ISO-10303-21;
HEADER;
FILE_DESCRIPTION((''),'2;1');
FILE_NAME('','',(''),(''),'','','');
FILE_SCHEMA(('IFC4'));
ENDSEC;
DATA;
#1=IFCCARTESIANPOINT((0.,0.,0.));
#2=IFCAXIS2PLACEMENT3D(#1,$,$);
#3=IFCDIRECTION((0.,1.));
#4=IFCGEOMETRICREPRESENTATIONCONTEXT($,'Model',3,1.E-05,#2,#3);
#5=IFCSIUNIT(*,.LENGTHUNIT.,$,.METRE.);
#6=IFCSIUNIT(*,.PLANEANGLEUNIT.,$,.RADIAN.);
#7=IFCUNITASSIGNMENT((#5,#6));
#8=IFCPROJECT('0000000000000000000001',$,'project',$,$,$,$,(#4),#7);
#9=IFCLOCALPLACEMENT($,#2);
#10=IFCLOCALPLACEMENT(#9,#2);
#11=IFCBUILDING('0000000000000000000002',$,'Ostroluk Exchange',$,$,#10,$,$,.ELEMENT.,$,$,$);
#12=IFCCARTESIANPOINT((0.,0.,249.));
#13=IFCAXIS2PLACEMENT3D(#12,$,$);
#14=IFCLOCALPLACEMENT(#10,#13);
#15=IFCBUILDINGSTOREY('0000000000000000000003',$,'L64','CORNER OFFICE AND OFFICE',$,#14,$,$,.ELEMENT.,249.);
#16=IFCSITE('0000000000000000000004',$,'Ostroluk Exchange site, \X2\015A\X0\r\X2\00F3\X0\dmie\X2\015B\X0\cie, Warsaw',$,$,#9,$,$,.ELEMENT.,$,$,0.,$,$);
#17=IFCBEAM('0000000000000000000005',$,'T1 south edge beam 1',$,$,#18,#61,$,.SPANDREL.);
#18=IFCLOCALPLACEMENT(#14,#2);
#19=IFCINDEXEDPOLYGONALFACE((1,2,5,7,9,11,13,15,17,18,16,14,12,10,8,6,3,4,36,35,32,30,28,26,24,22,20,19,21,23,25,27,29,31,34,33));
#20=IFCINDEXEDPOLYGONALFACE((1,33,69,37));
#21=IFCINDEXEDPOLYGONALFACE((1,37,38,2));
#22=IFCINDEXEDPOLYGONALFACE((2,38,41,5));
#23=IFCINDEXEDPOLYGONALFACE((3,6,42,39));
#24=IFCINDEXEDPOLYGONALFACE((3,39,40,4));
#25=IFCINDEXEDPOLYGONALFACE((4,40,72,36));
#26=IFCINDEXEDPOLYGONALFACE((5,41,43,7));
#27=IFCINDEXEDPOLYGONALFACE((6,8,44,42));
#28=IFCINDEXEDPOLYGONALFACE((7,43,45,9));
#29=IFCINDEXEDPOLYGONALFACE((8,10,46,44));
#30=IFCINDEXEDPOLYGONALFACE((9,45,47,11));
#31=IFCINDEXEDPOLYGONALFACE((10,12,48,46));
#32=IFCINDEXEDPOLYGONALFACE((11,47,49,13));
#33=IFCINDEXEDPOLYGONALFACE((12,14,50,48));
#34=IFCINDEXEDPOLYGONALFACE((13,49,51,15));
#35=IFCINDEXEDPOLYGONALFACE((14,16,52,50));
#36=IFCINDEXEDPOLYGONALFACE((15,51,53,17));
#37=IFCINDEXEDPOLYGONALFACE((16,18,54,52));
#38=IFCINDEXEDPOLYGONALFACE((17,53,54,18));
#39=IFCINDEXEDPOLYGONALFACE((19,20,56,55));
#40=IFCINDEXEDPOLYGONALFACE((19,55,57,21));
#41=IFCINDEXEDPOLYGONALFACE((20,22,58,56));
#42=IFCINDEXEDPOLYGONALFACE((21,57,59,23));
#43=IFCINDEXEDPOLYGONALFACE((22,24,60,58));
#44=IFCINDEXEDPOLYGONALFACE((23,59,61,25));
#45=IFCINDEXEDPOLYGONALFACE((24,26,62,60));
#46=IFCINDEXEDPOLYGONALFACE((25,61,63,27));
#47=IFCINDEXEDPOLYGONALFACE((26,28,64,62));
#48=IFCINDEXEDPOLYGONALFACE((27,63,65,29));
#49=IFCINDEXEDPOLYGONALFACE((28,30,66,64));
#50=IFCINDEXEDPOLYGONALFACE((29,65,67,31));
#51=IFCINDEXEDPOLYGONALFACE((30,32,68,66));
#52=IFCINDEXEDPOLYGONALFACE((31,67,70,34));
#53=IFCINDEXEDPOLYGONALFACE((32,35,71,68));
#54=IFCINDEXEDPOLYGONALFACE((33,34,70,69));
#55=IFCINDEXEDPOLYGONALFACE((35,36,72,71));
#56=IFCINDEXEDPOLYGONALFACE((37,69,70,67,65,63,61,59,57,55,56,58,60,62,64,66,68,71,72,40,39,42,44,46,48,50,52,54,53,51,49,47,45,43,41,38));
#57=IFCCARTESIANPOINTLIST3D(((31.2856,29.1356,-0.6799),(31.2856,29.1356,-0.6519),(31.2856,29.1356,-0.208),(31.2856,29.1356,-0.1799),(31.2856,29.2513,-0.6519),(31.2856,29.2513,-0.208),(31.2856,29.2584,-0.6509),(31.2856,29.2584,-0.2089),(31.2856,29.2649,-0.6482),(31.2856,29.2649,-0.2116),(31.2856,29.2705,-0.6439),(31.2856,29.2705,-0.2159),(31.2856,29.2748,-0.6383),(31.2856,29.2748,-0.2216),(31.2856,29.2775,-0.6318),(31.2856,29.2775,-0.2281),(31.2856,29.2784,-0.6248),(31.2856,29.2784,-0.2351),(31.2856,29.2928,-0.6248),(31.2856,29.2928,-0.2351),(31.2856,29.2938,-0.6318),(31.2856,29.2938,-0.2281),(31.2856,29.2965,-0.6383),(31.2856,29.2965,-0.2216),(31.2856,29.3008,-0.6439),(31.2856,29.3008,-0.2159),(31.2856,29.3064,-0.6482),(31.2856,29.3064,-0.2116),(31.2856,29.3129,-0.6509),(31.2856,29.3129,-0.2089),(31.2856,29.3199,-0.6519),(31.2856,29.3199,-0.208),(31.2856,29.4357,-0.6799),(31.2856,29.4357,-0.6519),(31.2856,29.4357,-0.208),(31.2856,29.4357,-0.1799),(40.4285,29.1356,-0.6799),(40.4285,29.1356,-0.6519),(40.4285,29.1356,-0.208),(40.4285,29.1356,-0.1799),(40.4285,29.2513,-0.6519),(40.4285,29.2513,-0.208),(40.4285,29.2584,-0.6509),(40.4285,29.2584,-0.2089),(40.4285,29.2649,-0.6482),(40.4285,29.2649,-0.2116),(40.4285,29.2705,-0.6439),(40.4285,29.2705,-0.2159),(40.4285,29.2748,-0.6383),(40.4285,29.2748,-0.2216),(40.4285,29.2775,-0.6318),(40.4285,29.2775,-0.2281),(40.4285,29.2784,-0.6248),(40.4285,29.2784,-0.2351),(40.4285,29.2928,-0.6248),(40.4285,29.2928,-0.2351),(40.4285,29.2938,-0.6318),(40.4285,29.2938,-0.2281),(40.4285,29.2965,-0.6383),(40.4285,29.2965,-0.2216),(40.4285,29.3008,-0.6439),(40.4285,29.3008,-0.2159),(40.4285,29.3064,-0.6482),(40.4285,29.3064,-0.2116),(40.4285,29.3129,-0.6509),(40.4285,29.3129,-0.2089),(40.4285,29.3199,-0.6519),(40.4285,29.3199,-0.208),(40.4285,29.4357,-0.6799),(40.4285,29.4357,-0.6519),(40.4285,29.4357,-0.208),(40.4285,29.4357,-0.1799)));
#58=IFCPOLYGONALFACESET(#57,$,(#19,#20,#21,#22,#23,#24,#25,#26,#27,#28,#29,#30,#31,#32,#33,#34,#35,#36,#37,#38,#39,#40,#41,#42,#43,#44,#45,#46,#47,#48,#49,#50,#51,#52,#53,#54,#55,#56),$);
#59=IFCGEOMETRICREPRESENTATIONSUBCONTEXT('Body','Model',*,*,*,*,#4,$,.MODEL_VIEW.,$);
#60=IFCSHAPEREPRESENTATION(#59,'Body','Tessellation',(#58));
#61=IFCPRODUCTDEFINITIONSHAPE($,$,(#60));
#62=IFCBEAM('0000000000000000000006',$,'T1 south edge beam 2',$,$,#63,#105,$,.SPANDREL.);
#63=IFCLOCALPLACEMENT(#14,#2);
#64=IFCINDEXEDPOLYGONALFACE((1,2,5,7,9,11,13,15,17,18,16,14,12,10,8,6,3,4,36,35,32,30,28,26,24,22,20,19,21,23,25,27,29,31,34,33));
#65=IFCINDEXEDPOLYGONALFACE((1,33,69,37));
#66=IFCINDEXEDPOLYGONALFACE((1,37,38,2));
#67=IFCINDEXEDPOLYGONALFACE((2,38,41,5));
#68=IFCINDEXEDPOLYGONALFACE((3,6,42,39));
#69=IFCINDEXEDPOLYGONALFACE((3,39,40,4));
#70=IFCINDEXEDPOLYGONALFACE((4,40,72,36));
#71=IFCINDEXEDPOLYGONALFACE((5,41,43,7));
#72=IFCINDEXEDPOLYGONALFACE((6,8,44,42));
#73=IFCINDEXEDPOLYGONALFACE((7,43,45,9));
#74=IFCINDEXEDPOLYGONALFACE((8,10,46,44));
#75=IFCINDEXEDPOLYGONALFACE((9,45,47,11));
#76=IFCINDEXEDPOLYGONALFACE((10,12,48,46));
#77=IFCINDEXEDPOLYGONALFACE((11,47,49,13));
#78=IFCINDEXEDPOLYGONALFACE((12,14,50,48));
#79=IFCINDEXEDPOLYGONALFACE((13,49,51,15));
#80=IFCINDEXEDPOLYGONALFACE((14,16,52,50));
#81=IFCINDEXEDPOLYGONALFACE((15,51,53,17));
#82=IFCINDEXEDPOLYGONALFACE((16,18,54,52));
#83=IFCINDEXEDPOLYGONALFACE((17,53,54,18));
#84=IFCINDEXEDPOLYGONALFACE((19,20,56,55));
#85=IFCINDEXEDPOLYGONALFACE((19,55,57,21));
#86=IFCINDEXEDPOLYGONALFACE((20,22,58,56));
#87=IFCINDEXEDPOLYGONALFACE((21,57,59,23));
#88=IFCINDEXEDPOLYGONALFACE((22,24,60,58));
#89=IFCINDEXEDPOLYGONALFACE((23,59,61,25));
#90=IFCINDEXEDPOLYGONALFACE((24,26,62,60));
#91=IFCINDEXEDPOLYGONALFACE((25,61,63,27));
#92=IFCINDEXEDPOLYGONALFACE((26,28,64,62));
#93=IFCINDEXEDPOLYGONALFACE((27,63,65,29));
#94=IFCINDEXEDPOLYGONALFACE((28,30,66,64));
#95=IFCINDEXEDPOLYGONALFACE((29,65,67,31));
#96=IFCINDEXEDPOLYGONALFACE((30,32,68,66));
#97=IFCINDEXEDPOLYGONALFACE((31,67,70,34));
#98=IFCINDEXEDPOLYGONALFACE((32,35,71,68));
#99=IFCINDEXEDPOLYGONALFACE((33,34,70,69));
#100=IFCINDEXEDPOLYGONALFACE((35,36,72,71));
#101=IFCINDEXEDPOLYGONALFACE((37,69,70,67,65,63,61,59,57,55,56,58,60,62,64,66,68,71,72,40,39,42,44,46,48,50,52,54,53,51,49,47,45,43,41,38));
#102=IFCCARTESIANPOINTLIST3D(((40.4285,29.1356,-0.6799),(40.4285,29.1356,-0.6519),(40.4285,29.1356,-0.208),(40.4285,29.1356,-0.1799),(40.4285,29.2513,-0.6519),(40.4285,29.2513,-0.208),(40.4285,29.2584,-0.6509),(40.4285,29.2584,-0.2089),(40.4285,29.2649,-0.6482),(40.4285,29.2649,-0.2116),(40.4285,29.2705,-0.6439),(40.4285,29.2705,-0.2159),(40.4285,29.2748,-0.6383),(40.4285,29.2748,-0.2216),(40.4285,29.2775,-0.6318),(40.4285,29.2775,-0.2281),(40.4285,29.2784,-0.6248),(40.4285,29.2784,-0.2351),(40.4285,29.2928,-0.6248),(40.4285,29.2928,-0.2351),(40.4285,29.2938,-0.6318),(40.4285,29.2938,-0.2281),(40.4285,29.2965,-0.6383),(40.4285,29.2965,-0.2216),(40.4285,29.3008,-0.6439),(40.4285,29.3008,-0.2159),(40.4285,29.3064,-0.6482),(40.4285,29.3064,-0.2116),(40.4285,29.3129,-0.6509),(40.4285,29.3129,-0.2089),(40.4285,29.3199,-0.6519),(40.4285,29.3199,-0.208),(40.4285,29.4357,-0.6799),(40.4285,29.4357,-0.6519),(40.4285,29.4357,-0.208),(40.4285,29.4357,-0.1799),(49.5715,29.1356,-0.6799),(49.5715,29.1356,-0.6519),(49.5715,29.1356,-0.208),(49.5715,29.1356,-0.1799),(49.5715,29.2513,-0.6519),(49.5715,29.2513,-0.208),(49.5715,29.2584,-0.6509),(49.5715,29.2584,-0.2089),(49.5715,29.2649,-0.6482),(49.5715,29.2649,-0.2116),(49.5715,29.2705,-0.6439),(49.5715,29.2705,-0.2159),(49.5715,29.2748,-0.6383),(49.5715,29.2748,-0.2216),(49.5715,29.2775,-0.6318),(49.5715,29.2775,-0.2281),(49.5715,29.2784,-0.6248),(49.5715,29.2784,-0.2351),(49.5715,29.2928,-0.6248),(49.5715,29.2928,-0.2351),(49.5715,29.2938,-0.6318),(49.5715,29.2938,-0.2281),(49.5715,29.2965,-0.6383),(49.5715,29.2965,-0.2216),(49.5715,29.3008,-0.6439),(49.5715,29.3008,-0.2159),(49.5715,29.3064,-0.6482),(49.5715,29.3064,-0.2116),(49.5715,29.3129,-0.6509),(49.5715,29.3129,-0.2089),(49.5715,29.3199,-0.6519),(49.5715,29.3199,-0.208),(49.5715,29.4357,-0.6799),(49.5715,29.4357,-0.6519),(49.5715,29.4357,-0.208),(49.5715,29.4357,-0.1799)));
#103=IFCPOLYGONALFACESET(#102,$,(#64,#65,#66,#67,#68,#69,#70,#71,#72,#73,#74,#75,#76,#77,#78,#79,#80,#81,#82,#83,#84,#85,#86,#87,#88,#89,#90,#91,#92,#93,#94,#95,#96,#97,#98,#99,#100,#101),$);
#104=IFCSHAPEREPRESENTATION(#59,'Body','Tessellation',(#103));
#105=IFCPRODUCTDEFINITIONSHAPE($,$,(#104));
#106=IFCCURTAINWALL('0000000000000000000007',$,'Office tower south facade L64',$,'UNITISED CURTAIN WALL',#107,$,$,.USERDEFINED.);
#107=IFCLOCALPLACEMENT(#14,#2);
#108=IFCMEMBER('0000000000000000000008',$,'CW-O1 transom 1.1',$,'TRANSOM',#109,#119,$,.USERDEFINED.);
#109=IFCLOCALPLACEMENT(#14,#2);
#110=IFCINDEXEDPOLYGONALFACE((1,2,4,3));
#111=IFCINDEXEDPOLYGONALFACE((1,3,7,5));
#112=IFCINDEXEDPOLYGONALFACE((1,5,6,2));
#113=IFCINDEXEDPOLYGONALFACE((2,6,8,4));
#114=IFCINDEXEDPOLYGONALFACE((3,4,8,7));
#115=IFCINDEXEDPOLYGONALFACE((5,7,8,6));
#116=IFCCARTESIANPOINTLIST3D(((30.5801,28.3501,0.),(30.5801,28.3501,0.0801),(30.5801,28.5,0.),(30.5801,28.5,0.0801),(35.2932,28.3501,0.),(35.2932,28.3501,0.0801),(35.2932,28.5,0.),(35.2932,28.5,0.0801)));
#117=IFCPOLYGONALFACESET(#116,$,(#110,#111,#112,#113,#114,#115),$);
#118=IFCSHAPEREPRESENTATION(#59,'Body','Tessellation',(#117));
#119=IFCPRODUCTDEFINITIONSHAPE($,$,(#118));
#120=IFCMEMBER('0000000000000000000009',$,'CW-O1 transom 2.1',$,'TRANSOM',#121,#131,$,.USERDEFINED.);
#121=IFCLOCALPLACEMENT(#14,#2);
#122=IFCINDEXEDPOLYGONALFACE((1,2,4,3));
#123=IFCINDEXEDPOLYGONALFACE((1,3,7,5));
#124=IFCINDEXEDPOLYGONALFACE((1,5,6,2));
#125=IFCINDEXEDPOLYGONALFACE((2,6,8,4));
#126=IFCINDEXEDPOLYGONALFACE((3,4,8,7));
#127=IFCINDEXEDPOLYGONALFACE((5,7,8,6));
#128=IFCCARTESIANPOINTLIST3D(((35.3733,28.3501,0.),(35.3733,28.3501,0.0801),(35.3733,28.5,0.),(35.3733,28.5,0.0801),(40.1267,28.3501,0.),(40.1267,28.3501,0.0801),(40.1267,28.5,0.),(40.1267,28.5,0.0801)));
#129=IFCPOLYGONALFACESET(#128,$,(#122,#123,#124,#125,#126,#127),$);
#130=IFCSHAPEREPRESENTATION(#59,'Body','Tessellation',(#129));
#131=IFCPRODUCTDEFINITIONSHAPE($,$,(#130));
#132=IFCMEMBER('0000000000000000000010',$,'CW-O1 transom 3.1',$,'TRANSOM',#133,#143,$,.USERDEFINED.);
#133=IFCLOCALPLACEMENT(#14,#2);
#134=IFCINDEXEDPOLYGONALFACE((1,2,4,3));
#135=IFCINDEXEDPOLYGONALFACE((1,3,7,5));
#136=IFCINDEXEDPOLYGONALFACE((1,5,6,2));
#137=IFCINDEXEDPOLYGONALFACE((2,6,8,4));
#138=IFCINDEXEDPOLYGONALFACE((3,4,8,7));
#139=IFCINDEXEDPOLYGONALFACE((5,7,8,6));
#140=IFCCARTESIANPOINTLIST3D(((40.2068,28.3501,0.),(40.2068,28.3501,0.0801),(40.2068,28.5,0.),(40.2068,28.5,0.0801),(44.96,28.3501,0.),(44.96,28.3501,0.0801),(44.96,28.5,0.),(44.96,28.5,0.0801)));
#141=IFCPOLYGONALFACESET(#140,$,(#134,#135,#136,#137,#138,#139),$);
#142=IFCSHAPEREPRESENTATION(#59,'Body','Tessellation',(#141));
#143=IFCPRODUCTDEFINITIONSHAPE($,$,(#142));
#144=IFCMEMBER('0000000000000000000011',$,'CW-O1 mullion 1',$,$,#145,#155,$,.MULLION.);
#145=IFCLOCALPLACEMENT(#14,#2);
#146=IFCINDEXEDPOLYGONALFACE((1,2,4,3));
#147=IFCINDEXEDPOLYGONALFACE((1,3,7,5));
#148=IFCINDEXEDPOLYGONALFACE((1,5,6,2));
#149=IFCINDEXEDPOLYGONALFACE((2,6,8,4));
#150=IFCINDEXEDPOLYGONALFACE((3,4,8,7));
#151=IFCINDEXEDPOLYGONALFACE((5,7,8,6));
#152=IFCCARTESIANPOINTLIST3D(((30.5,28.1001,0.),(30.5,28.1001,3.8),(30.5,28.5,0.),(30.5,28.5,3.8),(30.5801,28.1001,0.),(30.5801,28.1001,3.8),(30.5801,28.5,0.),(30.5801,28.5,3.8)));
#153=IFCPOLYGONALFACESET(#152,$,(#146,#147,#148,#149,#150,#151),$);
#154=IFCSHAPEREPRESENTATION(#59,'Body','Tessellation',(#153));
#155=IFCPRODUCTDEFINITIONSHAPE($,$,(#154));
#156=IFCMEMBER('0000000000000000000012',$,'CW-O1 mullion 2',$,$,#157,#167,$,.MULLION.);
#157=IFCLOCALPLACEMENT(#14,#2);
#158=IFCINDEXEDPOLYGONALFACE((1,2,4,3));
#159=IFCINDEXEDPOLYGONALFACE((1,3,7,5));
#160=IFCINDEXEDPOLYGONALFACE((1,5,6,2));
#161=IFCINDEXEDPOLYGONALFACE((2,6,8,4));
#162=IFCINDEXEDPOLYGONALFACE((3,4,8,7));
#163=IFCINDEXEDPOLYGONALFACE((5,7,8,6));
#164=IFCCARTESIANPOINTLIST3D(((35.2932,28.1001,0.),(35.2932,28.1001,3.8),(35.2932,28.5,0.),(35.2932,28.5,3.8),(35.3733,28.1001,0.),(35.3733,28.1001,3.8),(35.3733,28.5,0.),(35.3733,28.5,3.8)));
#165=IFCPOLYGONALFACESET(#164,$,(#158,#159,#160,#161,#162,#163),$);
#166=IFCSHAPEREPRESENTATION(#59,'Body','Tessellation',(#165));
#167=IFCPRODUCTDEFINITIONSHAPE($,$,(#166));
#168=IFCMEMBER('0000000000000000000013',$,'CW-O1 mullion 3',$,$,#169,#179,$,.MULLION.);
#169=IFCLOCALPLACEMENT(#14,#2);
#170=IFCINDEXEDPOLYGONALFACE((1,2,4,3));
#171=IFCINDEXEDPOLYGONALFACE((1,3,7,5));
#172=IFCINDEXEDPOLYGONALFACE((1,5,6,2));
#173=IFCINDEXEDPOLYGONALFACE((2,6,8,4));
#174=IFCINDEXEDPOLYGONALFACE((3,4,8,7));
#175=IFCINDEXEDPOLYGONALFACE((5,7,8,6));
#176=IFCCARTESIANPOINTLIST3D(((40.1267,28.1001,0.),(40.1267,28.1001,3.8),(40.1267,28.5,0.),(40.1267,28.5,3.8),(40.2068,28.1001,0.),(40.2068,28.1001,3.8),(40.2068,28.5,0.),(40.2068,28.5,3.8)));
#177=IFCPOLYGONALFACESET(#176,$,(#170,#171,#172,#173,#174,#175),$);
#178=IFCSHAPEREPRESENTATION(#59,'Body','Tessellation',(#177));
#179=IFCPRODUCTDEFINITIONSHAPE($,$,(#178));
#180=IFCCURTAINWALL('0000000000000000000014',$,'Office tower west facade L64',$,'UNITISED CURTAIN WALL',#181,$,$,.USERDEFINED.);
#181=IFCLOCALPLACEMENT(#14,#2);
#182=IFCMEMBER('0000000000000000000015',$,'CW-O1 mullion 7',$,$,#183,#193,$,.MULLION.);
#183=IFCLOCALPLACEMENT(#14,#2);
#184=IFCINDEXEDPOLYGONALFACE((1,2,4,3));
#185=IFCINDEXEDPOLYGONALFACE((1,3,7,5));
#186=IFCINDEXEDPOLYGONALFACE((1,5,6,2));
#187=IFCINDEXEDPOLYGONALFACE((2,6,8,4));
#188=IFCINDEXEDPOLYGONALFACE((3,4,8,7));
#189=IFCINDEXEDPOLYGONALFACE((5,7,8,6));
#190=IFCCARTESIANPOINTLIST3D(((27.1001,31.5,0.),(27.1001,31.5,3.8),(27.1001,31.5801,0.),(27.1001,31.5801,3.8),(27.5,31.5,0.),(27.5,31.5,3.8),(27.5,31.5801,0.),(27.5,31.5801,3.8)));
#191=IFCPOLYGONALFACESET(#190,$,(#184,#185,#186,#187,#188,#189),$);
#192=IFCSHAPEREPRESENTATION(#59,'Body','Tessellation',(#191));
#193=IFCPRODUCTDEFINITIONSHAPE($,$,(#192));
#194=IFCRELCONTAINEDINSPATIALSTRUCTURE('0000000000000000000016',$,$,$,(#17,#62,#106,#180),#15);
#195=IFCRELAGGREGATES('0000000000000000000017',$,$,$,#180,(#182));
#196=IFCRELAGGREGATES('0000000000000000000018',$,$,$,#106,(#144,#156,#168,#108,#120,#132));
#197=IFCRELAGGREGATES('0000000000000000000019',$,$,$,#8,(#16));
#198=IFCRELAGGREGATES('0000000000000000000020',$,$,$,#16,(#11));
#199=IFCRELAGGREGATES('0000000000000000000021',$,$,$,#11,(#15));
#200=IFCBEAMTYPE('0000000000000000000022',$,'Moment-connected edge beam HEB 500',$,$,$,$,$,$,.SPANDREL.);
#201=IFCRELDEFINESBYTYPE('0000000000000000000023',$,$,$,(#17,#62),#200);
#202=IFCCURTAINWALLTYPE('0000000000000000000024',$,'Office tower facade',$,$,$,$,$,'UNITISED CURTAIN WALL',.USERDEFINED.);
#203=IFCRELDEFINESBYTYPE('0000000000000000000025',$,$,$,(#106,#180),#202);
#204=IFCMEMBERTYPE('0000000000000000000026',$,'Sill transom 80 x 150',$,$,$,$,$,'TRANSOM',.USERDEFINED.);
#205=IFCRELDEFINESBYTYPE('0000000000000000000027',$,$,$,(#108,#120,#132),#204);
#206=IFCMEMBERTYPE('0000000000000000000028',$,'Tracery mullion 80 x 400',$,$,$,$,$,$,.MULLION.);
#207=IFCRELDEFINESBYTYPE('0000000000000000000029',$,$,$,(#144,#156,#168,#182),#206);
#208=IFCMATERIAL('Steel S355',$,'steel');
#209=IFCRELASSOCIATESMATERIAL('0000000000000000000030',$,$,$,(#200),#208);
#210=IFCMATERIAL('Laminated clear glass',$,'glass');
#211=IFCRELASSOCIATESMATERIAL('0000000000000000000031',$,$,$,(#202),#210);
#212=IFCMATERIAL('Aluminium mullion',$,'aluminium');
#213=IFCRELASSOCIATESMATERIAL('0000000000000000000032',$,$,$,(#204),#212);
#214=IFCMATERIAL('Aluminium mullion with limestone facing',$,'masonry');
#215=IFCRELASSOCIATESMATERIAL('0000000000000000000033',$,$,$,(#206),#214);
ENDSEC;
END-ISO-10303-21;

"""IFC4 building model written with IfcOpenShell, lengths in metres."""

from ifc_helpers import new_model, si_unit, direction, frame, origin, origin_2d, place, context, subcontext, project, spatial, rectangle, i_section, extrude, material, material_profile, profile_set, type_object, element, aggregate, save


model = new_model("IFC4")

# Units and contexts
model_context = context("Model", 3, precision=1e-05, world=origin(), true_north=direction((0.0, 1.0)))
body_context = subcontext(model_context, "Body", "Model", "MODEL_VIEW")
ifc_project = project(units=[si_unit("LENGTHUNIT", "METRE"), si_unit("PLANEANGLEUNIT", "RADIAN")], contexts=[model_context])

# Site, building, storey
site_placement = place(None, origin())
site = spatial("IfcSite", under=ifc_project, at=site_placement, Name="Ostroluk Exchange site, Śródmieście, Warsaw", CompositionType="ELEMENT", RefElevation=0.0)
building_placement = place(site_placement, origin())
building = spatial("IfcBuilding", under=site, at=building_placement, Name="Ostroluk Exchange", CompositionType="ELEMENT")
storey_placement = place(building_placement, frame((0.0, 0.0, 249.0)))
storey = spatial("IfcBuildingStorey", under=building, at=storey_placement, Name="L64", Description="CORNER OFFICE AND OFFICE", CompositionType="ELEMENT", Elevation=249.0)

# Beams
ifc_material_1 = material(Name="Steel S355", Category="steel")
ifc_material_profile_1 = material_profile(ifc_material_1, i_section(OverallWidth=0.3, OverallDepth=0.5, WebThickness=0.0144, FlangeThickness=0.0281, FilletRadius=0.0271, at=origin_2d()), Name="HEB 500")
ifc_profile_set_1 = profile_set([ifc_material_profile_1], Name="Steel S355")
beam_type_1 = type_object("IfcBeamType", Name="Moment-connected edge beam HEB 500", PredefinedType="SPANDREL", material=ifc_profile_set_1)
beam_1_placement = place(storey_placement, frame((31.2856, 29.2856, -0.4299), z_axis=(1.0, 0.0, 0.0), x_axis=(0.0, 1.0, 0.0)))
element("IfcBeam", 1, at=beam_1_placement, inside=storey, type_object=beam_type_1, Name="T1 south edge beam 1", PredefinedType="SPANDREL", context=body_context, shape_type="SweptSolid", body=[
    extrude(i_section(OverallWidth=0.3, OverallDepth=0.5, WebThickness=0.0144, FlangeThickness=0.0281, FilletRadius=0.0271, at=origin_2d()), origin(), (0.0, 0.0, 1.0), 9.1428),
])
beam_2_placement = place(storey_placement, frame((40.4285, 29.2856, -0.4299), z_axis=(1.0, 0.0, 0.0), x_axis=(0.0, 1.0, 0.0)))
element("IfcBeam", 2, at=beam_2_placement, inside=storey, type_object=beam_type_1, Name="T1 south edge beam 2", PredefinedType="SPANDREL", context=body_context, shape_type="SweptSolid", body=[
    extrude(i_section(OverallWidth=0.3, OverallDepth=0.5, WebThickness=0.0144, FlangeThickness=0.0281, FilletRadius=0.0271, at=origin_2d()), origin(), (0.0, 0.0, 1.0), 9.1431),
])

# Curtain wall, members
ifc_material_2 = material(Name="Laminated clear glass", Category="glass")
curtain_wall_type = type_object("IfcCurtainWallType", Name="Office tower facade", ElementType="UNITISED CURTAIN WALL", PredefinedType="USERDEFINED", material=ifc_material_2)
curtain_wall_1_placement = place(storey_placement, origin())
curtain_wall_1 = element("IfcCurtainWall", 3, at=curtain_wall_1_placement, inside=storey, type_object=curtain_wall_type, Name="Office tower south facade L64", ObjectType="UNITISED CURTAIN WALL", PredefinedType="USERDEFINED")
ifc_material_3 = material(Name="Aluminium mullion", Category="aluminium")
ifc_material_profile_2 = material_profile(ifc_material_3, rectangle(XDim=0.1499, YDim=0.0801, at=origin_2d()), Name="Sill transom 80 x 150")
ifc_profile_set_2 = profile_set([ifc_material_profile_2], Name="Aluminium mullion")
member_type_1 = type_object("IfcMemberType", Name="Sill transom 80 x 150", ElementType="TRANSOM", PredefinedType="USERDEFINED", material=ifc_profile_set_2)
member_1_placement = place(storey_placement, frame((30.5801, 28.425, 0.04), z_axis=(1.0, 0.0, 0.0), x_axis=(0.0, 1.0, 0.0)))
member_1 = element("IfcMember", 4, at=member_1_placement, type_object=member_type_1, Name="CW-O1 transom 1.1", ObjectType="TRANSOM", PredefinedType="USERDEFINED", context=body_context, shape_type="SweptSolid", body=[
    extrude(rectangle(XDim=0.1499, YDim=0.0801, at=origin_2d()), origin(), (0.0, 0.0, 1.0), 4.7131),
])
member_2_placement = place(storey_placement, frame((35.3733, 28.425, 0.04), z_axis=(1.0, 0.0, 0.0), x_axis=(0.0, 1.0, 0.0)))
member_2 = element("IfcMember", 5, at=member_2_placement, type_object=member_type_1, Name="CW-O1 transom 2.1", ObjectType="TRANSOM", PredefinedType="USERDEFINED", context=body_context, shape_type="SweptSolid", body=[
    extrude(rectangle(XDim=0.1499, YDim=0.0801, at=origin_2d()), origin(), (0.0, 0.0, 1.0), 4.7534),
])
member_3_placement = place(storey_placement, frame((40.2068, 28.425, 0.04), z_axis=(1.0, 0.0, 0.0), x_axis=(0.0, 1.0, 0.0)))
member_3 = element("IfcMember", 6, at=member_3_placement, type_object=member_type_1, Name="CW-O1 transom 3.1", ObjectType="TRANSOM", PredefinedType="USERDEFINED", context=body_context, shape_type="SweptSolid", body=[
    extrude(rectangle(XDim=0.1499, YDim=0.0801, at=origin_2d()), origin(), (0.0, 0.0, 1.0), 4.7532),
])
ifc_material_4 = material(Name="Aluminium mullion with limestone facing", Category="masonry")
ifc_material_profile_3 = material_profile(ifc_material_4, rectangle(XDim=0.3999, YDim=0.0801, at=origin_2d()), Name="Tracery mullion 80 x 400")
ifc_profile_set_3 = profile_set([ifc_material_profile_3], Name="Aluminium mullion with limestone facing")
member_type_2 = type_object("IfcMemberType", Name="Tracery mullion 80 x 400", PredefinedType="MULLION", material=ifc_profile_set_3)
member_4_placement = place(storey_placement, frame((30.54, 28.3, 0.0), z_axis=(0.0, 0.0, 1.0), x_axis=(0.0, 1.0, 0.0)))
member_4 = element("IfcMember", 7, at=member_4_placement, type_object=member_type_2, Name="CW-O1 mullion 1", PredefinedType="MULLION", context=body_context, shape_type="SweptSolid", body=[
    extrude(rectangle(XDim=0.3999, YDim=0.0801, at=origin_2d()), origin(), (0.0, 0.0, 1.0), 3.8),
])
member_5_placement = place(storey_placement, frame((35.3333, 28.3, 0.0), z_axis=(0.0, 0.0, 1.0), x_axis=(0.0, 1.0, 0.0)))
member_5 = element("IfcMember", 8, at=member_5_placement, type_object=member_type_2, Name="CW-O1 mullion 2", PredefinedType="MULLION", context=body_context, shape_type="SweptSolid", body=[
    extrude(rectangle(XDim=0.3999, YDim=0.0801, at=origin_2d()), origin(), (0.0, 0.0, 1.0), 3.8),
])
member_6_placement = place(storey_placement, frame((40.1667, 28.3, 0.0), z_axis=(0.0, 0.0, 1.0), x_axis=(0.0, 1.0, 0.0)))
member_6 = element("IfcMember", 9, at=member_6_placement, type_object=member_type_2, Name="CW-O1 mullion 3", PredefinedType="MULLION", context=body_context, shape_type="SweptSolid", body=[
    extrude(rectangle(XDim=0.3999, YDim=0.0801, at=origin_2d()), origin(), (0.0, 0.0, 1.0), 3.8),
])

# Curtain wall, member
curtain_wall_2_placement = place(storey_placement, origin())
curtain_wall_2 = element("IfcCurtainWall", 10, at=curtain_wall_2_placement, inside=storey, type_object=curtain_wall_type, Name="Office tower west facade L64", ObjectType="UNITISED CURTAIN WALL", PredefinedType="USERDEFINED")
member_7_placement = place(storey_placement, frame((27.3, 31.54, 0.0), z_axis=(0.0, 0.0, 1.0), x_axis=(1.0, 0.0, 0.0)))
member_7 = element("IfcMember", 11, at=member_7_placement, type_object=member_type_2, Name="CW-O1 mullion 7", PredefinedType="MULLION", context=body_context, shape_type="SweptSolid", body=[
    extrude(rectangle(XDim=0.3999, YDim=0.0801, at=origin_2d()), origin(), (0.0, 0.0, 1.0), 3.8),
])
aggregate(curtain_wall_2, [member_7])

aggregate(curtain_wall_1, [member_4, member_5, member_6, member_1, member_2, member_3])

save(model, "model.ifc")
